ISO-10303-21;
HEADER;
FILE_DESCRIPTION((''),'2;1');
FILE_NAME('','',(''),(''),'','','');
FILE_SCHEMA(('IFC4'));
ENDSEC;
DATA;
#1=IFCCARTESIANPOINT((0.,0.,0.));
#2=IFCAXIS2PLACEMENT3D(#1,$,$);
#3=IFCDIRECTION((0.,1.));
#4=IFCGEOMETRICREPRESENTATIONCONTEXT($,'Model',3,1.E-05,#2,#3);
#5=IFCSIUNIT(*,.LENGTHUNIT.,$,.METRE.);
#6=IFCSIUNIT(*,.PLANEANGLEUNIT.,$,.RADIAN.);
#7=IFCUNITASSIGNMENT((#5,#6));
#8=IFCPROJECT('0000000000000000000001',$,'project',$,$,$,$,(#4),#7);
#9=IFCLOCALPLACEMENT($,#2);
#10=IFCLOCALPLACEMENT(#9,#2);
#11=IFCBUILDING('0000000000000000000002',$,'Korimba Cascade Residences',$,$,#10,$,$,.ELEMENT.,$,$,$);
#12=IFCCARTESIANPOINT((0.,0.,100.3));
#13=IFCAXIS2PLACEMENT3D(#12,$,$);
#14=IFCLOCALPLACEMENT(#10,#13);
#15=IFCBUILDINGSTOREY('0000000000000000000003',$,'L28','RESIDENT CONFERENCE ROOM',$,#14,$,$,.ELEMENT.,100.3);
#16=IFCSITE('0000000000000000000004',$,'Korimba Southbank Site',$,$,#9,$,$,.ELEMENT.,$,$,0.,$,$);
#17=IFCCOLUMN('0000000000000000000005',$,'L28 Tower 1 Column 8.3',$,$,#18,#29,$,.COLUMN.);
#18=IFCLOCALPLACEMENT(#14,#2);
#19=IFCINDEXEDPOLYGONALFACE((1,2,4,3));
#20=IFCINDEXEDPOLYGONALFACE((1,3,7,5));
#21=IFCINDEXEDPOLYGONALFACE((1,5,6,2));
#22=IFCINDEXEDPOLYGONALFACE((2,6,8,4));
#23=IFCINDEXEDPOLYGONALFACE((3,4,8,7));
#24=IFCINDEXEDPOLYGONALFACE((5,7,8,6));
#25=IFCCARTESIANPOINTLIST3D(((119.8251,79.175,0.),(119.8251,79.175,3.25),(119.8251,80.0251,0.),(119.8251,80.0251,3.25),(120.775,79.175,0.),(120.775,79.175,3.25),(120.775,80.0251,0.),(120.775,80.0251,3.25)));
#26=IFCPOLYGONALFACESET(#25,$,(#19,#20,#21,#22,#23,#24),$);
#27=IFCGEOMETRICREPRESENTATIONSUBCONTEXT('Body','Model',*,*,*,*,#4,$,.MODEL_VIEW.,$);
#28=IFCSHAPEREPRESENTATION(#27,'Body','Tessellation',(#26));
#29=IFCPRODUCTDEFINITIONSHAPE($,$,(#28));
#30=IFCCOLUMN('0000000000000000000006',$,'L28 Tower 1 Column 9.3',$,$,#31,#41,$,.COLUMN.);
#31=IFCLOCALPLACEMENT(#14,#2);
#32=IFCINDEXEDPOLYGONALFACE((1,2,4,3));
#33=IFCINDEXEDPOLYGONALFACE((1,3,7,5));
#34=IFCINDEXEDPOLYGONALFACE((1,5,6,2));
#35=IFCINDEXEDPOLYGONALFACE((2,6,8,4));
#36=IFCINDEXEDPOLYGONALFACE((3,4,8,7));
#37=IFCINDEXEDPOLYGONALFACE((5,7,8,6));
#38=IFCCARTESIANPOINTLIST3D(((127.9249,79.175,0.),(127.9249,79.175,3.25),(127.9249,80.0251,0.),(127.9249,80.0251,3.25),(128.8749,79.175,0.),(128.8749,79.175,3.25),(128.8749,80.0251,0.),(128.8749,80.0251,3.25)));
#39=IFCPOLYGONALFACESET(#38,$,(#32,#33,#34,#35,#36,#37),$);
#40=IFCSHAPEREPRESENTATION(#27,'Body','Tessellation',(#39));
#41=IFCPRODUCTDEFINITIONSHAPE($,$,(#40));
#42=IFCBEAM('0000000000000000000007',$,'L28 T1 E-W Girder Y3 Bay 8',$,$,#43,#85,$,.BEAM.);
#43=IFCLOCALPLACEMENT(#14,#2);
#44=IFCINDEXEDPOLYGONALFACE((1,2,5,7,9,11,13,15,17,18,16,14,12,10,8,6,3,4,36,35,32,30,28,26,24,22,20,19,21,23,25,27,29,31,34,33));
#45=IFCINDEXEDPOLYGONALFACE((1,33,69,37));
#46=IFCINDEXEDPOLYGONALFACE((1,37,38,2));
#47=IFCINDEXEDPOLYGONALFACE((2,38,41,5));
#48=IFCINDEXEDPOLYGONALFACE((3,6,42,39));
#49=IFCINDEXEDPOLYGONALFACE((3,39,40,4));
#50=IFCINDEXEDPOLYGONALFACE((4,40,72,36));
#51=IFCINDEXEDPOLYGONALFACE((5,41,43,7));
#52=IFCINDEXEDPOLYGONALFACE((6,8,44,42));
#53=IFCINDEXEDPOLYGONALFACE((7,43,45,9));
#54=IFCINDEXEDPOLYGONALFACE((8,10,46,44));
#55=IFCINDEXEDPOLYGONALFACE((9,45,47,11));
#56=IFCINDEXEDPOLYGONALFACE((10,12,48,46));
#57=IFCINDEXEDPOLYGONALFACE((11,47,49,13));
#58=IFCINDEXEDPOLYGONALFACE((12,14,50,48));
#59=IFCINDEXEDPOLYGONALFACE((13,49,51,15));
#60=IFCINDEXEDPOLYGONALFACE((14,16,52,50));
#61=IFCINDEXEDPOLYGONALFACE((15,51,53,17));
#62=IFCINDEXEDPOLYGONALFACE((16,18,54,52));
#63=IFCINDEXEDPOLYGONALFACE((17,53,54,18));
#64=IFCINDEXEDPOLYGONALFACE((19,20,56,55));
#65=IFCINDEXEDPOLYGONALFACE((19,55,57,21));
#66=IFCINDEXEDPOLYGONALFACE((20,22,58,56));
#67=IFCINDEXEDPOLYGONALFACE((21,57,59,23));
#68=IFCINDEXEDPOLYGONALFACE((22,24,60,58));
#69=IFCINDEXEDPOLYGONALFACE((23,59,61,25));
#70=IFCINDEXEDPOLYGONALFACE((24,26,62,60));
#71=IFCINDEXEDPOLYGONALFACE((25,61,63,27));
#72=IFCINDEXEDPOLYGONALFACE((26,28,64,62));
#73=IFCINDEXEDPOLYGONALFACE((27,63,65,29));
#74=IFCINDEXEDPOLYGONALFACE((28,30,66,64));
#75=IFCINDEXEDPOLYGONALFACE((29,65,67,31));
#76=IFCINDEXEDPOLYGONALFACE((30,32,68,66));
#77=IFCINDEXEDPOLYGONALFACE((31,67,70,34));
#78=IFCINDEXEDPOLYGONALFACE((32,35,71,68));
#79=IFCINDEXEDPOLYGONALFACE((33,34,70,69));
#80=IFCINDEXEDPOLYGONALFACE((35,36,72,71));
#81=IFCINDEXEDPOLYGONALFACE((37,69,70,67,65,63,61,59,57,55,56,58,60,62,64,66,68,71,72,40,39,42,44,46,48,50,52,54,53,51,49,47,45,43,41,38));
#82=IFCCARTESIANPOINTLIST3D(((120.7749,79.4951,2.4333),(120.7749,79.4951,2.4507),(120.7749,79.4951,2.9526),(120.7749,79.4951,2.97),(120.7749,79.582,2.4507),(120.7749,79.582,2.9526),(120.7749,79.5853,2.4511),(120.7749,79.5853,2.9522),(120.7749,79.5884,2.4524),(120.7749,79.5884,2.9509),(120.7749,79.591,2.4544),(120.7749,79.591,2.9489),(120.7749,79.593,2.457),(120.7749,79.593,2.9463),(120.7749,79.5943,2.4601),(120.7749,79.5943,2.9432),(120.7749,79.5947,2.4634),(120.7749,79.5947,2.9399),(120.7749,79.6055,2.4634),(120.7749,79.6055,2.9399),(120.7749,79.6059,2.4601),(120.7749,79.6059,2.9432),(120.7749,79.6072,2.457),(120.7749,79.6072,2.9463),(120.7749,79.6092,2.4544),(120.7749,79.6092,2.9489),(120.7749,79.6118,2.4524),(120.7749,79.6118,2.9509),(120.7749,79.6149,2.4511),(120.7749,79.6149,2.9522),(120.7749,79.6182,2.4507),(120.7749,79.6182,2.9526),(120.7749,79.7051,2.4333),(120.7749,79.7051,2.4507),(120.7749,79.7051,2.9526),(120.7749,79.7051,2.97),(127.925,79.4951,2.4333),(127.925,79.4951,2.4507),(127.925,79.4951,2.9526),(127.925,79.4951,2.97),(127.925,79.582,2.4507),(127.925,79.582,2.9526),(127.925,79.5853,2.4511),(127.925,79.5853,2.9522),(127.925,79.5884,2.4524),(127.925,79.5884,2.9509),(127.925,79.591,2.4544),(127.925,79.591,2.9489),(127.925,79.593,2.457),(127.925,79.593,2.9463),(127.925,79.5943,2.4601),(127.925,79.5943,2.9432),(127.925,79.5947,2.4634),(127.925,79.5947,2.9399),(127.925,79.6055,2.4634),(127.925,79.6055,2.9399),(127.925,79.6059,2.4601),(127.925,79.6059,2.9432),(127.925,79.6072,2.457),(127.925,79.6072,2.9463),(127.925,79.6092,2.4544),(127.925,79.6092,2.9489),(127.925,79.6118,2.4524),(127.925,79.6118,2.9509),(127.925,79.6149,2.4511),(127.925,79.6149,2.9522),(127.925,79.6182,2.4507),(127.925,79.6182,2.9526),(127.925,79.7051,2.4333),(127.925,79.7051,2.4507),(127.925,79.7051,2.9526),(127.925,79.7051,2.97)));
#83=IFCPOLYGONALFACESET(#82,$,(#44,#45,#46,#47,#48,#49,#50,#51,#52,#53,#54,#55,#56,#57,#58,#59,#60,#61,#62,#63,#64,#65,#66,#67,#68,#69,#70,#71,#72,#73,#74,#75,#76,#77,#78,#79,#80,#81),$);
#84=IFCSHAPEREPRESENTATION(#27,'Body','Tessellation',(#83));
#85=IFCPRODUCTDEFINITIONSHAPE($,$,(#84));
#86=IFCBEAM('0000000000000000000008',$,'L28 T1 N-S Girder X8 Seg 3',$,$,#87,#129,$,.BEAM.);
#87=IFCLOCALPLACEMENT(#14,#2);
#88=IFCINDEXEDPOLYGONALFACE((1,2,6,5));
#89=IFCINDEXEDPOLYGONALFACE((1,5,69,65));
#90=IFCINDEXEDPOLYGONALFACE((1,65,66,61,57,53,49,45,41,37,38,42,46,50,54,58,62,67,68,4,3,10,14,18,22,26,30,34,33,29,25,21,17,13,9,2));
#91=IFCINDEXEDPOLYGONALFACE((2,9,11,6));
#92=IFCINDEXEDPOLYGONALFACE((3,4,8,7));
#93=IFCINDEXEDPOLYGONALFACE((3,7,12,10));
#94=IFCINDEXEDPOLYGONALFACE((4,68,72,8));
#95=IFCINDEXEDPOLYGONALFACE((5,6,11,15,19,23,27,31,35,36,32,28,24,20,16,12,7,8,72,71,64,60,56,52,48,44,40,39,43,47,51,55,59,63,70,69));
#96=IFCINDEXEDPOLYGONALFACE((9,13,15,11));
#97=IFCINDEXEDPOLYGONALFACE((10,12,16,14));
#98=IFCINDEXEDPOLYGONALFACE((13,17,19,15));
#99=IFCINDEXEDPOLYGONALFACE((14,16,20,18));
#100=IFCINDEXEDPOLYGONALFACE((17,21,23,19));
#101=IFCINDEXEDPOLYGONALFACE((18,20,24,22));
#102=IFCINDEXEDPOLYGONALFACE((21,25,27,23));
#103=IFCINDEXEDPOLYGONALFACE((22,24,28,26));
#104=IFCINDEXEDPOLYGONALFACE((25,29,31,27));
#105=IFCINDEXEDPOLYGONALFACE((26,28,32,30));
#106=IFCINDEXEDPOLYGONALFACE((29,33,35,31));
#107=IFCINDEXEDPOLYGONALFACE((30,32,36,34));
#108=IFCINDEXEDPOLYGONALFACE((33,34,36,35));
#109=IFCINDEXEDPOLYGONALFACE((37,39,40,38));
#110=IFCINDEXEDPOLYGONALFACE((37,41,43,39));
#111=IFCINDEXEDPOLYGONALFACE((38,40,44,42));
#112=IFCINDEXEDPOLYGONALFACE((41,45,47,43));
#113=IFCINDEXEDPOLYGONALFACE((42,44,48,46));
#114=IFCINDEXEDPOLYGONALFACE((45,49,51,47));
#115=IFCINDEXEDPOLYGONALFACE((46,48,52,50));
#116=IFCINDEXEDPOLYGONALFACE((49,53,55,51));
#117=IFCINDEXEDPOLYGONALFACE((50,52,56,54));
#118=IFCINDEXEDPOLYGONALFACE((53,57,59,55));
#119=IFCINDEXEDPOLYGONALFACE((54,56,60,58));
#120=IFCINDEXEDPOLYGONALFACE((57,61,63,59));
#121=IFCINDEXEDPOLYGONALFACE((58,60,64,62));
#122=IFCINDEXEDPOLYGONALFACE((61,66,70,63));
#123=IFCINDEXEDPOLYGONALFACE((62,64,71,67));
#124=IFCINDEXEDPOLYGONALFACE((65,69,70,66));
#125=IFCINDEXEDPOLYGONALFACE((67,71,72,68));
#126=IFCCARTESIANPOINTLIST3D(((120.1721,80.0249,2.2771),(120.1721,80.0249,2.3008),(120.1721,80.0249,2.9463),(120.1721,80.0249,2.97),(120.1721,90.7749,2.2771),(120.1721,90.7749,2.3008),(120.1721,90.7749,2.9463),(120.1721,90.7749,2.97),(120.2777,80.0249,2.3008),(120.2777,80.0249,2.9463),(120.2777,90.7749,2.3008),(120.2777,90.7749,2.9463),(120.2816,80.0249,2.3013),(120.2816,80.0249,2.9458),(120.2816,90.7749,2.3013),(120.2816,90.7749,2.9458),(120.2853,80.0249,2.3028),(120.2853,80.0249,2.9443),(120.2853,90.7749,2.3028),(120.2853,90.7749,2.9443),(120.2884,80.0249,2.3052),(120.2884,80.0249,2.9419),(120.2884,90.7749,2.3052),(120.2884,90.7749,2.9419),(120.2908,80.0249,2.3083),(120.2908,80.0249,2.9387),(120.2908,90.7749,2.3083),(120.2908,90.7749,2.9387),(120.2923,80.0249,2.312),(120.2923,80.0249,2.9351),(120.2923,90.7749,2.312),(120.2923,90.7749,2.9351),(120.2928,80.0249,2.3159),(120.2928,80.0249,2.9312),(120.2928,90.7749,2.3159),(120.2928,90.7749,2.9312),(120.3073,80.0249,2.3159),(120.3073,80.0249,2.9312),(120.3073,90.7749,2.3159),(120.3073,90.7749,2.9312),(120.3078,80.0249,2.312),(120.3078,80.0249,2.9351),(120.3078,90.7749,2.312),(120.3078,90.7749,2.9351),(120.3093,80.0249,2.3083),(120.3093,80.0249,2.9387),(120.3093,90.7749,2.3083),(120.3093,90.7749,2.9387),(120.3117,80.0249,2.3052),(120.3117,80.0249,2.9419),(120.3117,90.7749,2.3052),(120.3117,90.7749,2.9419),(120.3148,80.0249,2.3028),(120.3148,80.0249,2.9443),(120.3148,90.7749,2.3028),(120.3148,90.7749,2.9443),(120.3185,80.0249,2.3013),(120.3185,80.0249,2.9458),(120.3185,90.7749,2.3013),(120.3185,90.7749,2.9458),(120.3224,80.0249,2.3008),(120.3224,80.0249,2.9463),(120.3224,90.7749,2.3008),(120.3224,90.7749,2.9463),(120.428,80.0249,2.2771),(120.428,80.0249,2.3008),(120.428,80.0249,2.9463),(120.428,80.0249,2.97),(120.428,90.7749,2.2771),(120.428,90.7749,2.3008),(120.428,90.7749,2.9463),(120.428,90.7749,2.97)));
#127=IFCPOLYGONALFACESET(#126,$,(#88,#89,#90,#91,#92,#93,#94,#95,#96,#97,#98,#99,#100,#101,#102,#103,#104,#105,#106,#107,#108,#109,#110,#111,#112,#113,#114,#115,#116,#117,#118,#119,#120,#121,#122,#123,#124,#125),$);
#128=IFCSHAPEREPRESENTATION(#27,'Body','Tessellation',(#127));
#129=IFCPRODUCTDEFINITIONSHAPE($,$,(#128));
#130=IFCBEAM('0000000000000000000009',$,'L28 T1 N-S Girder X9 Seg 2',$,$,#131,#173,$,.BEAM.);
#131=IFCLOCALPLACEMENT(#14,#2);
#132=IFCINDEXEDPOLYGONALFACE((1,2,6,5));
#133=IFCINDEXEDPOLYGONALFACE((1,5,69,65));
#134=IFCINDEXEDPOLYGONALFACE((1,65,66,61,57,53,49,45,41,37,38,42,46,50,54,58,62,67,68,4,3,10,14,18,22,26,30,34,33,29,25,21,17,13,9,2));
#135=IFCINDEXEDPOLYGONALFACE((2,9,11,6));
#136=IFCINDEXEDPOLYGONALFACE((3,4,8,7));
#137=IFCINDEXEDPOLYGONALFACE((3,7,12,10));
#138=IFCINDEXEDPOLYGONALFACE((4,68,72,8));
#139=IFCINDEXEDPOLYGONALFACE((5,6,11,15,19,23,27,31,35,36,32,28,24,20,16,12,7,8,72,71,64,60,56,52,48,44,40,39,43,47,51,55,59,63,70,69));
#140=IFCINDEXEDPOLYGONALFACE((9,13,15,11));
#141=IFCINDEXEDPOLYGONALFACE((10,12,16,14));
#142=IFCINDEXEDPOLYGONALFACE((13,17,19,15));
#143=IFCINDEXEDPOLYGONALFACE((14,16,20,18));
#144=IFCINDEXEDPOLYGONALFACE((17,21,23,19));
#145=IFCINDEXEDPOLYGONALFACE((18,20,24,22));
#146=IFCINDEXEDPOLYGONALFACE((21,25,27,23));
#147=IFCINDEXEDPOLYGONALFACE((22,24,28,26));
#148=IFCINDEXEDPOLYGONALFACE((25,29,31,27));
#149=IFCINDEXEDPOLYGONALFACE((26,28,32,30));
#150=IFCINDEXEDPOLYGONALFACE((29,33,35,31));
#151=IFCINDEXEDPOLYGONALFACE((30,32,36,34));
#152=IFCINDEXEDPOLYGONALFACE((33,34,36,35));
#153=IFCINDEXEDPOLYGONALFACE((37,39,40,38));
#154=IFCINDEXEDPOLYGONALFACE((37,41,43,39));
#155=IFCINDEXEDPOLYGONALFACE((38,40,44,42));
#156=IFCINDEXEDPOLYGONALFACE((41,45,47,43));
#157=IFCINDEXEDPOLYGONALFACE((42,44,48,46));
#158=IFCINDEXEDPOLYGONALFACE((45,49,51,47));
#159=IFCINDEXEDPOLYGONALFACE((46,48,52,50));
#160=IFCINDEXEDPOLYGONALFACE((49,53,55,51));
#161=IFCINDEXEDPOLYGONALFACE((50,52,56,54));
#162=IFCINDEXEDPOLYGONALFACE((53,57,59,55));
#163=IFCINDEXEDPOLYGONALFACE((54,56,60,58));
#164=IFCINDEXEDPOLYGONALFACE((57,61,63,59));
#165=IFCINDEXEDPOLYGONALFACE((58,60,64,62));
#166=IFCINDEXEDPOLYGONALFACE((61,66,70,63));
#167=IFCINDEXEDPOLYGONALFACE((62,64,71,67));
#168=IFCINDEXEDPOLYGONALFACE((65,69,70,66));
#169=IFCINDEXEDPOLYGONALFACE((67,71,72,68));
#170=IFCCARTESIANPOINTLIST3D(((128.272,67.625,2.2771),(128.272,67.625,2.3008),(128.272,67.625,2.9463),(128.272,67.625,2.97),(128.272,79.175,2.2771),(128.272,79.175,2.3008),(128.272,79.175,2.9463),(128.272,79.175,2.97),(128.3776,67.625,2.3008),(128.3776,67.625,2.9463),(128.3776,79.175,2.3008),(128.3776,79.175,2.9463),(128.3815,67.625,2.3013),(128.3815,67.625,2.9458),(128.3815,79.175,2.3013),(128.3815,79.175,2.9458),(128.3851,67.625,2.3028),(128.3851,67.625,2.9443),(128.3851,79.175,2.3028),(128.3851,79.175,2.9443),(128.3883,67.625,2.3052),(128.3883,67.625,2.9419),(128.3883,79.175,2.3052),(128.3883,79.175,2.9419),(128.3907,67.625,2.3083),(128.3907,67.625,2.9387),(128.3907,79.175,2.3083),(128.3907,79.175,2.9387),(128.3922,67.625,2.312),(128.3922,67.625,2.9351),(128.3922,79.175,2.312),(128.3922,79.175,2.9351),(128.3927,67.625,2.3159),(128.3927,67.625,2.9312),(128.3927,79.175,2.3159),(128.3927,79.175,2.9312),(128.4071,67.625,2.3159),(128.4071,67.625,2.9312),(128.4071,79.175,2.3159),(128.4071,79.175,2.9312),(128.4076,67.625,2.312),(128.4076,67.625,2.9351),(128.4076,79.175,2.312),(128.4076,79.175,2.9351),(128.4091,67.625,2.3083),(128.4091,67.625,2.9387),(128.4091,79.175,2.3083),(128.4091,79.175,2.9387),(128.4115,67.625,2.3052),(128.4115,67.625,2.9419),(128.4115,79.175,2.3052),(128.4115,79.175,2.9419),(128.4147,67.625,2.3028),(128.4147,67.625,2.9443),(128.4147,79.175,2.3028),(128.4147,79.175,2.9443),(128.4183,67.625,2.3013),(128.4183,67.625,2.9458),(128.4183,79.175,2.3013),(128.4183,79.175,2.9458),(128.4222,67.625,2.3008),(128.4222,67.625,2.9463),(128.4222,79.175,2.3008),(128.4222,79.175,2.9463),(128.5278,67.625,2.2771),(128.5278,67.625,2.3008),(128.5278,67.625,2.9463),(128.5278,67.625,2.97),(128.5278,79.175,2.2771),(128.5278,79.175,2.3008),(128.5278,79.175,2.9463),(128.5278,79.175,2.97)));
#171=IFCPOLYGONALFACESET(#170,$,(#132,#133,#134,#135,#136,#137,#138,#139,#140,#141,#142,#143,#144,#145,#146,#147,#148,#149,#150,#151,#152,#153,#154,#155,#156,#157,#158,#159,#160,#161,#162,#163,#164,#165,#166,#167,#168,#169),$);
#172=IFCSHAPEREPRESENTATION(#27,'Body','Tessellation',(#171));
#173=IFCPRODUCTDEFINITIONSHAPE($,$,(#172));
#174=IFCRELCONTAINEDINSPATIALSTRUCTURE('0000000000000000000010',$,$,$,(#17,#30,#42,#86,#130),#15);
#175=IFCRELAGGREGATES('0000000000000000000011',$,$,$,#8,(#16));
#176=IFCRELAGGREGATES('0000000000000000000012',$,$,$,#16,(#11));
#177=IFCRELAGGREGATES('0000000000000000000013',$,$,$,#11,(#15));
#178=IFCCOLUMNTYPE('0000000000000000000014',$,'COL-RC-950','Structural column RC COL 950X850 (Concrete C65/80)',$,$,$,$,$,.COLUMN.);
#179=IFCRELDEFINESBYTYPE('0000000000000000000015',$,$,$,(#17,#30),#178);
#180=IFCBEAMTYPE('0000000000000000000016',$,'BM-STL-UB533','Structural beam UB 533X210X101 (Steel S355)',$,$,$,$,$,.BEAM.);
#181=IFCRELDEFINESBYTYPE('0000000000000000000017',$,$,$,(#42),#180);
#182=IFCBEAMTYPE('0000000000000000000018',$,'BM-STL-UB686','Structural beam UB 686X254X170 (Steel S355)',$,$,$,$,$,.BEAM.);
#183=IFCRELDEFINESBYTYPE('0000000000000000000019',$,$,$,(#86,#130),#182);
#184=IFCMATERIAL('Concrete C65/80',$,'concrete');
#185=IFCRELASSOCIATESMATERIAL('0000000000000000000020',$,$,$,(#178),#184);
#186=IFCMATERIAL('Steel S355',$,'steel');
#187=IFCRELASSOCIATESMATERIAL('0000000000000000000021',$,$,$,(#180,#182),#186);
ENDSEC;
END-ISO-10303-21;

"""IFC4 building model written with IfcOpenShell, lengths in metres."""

from ifc_helpers import new_model, si_unit, direction, frame, origin, origin_2d, place, context, subcontext, project, spatial, rectangle, i_section, extrude, material, material_profile, profile_set, type_object, element, save


model = new_model("IFC4")

# Units and contexts
model_context = context("Model", 3, precision=1e-05, world=origin(), true_north=direction((0.0, 1.0)))
body_context = subcontext(model_context, "Body", "Model", "MODEL_VIEW")
ifc_project = project(units=[si_unit("LENGTHUNIT", "METRE"), si_unit("PLANEANGLEUNIT", "RADIAN")], contexts=[model_context])

# Site, building, storey
site_placement = place(None, origin())
site = spatial("IfcSite", under=ifc_project, at=site_placement, Name="Korimba Southbank Site", CompositionType="ELEMENT", RefElevation=0.0)
building_placement = place(site_placement, origin())
building = spatial("IfcBuilding", under=site, at=building_placement, Name="Korimba Cascade Residences", CompositionType="ELEMENT")
storey_placement = place(building_placement, frame((0.0, 0.0, 100.3)))
storey = spatial("IfcBuildingStorey", under=building, at=storey_placement, Name="L28", Description="RESIDENT CONFERENCE ROOM", CompositionType="ELEMENT", Elevation=100.3)

# Columns
ifc_material_1 = material(Name="Concrete C65/80", Category="concrete")
ifc_material_profile_1 = material_profile(ifc_material_1, rectangle(XDim=0.95, YDim=0.8501, at=origin_2d()), Name="Concrete C65/80")
ifc_profile_set_1 = profile_set([ifc_material_profile_1], Name="Concrete C65/80")
column_type = type_object("IfcColumnType", Name="COL-RC-950", Description="Structural column RC COL 950X850 (Concrete C65/80)", PredefinedType="COLUMN", material=ifc_profile_set_1)
for number, where, z_axis, x_axis, name in (
    (1, (120.3, 79.6001, 0.0), (0.0, 0.0, 1.0), (1.0, 0.0, 0.0), "L28 Tower 1 Column 8.3"),
    (2, (128.3999, 79.6001, 0.0), (0.0, 0.0, 1.0), (1.0, 0.0, 0.0), "L28 Tower 1 Column 9.3"),
):
    element("IfcColumn", number, at=place(storey_placement, frame(where, z_axis=z_axis, x_axis=x_axis)), inside=storey, type_object=column_type, Name=name, PredefinedType="COLUMN", context=body_context, shape_type="SweptSolid", body=[
        extrude(rectangle(XDim=0.95, YDim=0.8501, at=origin_2d()), origin(), (0.0, 0.0, 1.0), 3.25),
    ])

# Beams
ifc_material_2 = material(Name="Steel S355", Category="steel")
ifc_material_profile_2 = material_profile(ifc_material_2, i_section(OverallWidth=0.21, OverallDepth=0.5366, WebThickness=0.0107, FlangeThickness=0.0173, FilletRadius=0.0127, at=origin_2d()), Name="Steel S355")
ifc_profile_set_2 = profile_set([ifc_material_profile_2], Name="Steel S355")
beam_type_1 = type_object("IfcBeamType", Name="BM-STL-UB533", Description="Structural beam UB 533X210X101 (Steel S355)", PredefinedType="BEAM", material=ifc_profile_set_2)
beam_1_placement = place(storey_placement, frame((120.7749, 79.6001, 2.7017), z_axis=(1.0, 0.0, 0.0), x_axis=(0.0, 1.0, 0.0)))
element("IfcBeam", 3, at=beam_1_placement, inside=storey, type_object=beam_type_1, Name="L28 T1 E-W Girder Y3 Bay 8", PredefinedType="BEAM", context=body_context, shape_type="SweptSolid", body=[
    extrude(i_section(OverallWidth=0.21, OverallDepth=0.5366, WebThickness=0.0107, FlangeThickness=0.0173, FilletRadius=0.0127, at=origin_2d()), origin(), (0.0, 0.0, 1.0), 7.1501),
])
ifc_material_profile_3 = material_profile(ifc_material_2, i_section(OverallWidth=0.2559, OverallDepth=0.6929, WebThickness=0.0144, FlangeThickness=0.0237, FilletRadius=0.0151, at=origin_2d()), Name="Steel S355")
ifc_profile_set_3 = profile_set([ifc_material_profile_3], Name="Steel S355")
beam_type_2 = type_object("IfcBeamType", Name="BM-STL-UB686", Description="Structural beam UB 686X254X170 (Steel S355)", PredefinedType="BEAM", material=ifc_profile_set_3)
beam_2_placement = place(storey_placement, frame((120.3, 80.0249, 2.6235), z_axis=(0.0, 1.0, 0.0), x_axis=(-1.0, 0.0, 0.0)))
element("IfcBeam", 4, at=beam_2_placement, inside=storey, type_object=beam_type_2, Name="L28 T1 N-S Girder X8 Seg 3", PredefinedType="BEAM", context=body_context, shape_type="SweptSolid", body=[
    extrude(i_section(OverallWidth=0.2559, OverallDepth=0.6929, WebThickness=0.0144, FlangeThickness=0.0237, FilletRadius=0.0151, at=origin_2d()), origin(), (0.0, 0.0, 1.0), 10.75),
])
beam_3_placement = place(storey_placement, frame((128.3999, 67.625, 2.6235), z_axis=(0.0, 1.0, 0.0), x_axis=(-1.0, 0.0, 0.0)))
element("IfcBeam", 5, at=beam_3_placement, inside=storey, type_object=beam_type_2, Name="L28 T1 N-S Girder X9 Seg 2", PredefinedType="BEAM", context=body_context, shape_type="SweptSolid", body=[
    extrude(i_section(OverallWidth=0.2559, OverallDepth=0.6929, WebThickness=0.0144, FlangeThickness=0.0237, FilletRadius=0.0151, at=origin_2d()), origin(), (0.0, 0.0, 1.0), 11.55),
])

save(model, "model.ifc")
